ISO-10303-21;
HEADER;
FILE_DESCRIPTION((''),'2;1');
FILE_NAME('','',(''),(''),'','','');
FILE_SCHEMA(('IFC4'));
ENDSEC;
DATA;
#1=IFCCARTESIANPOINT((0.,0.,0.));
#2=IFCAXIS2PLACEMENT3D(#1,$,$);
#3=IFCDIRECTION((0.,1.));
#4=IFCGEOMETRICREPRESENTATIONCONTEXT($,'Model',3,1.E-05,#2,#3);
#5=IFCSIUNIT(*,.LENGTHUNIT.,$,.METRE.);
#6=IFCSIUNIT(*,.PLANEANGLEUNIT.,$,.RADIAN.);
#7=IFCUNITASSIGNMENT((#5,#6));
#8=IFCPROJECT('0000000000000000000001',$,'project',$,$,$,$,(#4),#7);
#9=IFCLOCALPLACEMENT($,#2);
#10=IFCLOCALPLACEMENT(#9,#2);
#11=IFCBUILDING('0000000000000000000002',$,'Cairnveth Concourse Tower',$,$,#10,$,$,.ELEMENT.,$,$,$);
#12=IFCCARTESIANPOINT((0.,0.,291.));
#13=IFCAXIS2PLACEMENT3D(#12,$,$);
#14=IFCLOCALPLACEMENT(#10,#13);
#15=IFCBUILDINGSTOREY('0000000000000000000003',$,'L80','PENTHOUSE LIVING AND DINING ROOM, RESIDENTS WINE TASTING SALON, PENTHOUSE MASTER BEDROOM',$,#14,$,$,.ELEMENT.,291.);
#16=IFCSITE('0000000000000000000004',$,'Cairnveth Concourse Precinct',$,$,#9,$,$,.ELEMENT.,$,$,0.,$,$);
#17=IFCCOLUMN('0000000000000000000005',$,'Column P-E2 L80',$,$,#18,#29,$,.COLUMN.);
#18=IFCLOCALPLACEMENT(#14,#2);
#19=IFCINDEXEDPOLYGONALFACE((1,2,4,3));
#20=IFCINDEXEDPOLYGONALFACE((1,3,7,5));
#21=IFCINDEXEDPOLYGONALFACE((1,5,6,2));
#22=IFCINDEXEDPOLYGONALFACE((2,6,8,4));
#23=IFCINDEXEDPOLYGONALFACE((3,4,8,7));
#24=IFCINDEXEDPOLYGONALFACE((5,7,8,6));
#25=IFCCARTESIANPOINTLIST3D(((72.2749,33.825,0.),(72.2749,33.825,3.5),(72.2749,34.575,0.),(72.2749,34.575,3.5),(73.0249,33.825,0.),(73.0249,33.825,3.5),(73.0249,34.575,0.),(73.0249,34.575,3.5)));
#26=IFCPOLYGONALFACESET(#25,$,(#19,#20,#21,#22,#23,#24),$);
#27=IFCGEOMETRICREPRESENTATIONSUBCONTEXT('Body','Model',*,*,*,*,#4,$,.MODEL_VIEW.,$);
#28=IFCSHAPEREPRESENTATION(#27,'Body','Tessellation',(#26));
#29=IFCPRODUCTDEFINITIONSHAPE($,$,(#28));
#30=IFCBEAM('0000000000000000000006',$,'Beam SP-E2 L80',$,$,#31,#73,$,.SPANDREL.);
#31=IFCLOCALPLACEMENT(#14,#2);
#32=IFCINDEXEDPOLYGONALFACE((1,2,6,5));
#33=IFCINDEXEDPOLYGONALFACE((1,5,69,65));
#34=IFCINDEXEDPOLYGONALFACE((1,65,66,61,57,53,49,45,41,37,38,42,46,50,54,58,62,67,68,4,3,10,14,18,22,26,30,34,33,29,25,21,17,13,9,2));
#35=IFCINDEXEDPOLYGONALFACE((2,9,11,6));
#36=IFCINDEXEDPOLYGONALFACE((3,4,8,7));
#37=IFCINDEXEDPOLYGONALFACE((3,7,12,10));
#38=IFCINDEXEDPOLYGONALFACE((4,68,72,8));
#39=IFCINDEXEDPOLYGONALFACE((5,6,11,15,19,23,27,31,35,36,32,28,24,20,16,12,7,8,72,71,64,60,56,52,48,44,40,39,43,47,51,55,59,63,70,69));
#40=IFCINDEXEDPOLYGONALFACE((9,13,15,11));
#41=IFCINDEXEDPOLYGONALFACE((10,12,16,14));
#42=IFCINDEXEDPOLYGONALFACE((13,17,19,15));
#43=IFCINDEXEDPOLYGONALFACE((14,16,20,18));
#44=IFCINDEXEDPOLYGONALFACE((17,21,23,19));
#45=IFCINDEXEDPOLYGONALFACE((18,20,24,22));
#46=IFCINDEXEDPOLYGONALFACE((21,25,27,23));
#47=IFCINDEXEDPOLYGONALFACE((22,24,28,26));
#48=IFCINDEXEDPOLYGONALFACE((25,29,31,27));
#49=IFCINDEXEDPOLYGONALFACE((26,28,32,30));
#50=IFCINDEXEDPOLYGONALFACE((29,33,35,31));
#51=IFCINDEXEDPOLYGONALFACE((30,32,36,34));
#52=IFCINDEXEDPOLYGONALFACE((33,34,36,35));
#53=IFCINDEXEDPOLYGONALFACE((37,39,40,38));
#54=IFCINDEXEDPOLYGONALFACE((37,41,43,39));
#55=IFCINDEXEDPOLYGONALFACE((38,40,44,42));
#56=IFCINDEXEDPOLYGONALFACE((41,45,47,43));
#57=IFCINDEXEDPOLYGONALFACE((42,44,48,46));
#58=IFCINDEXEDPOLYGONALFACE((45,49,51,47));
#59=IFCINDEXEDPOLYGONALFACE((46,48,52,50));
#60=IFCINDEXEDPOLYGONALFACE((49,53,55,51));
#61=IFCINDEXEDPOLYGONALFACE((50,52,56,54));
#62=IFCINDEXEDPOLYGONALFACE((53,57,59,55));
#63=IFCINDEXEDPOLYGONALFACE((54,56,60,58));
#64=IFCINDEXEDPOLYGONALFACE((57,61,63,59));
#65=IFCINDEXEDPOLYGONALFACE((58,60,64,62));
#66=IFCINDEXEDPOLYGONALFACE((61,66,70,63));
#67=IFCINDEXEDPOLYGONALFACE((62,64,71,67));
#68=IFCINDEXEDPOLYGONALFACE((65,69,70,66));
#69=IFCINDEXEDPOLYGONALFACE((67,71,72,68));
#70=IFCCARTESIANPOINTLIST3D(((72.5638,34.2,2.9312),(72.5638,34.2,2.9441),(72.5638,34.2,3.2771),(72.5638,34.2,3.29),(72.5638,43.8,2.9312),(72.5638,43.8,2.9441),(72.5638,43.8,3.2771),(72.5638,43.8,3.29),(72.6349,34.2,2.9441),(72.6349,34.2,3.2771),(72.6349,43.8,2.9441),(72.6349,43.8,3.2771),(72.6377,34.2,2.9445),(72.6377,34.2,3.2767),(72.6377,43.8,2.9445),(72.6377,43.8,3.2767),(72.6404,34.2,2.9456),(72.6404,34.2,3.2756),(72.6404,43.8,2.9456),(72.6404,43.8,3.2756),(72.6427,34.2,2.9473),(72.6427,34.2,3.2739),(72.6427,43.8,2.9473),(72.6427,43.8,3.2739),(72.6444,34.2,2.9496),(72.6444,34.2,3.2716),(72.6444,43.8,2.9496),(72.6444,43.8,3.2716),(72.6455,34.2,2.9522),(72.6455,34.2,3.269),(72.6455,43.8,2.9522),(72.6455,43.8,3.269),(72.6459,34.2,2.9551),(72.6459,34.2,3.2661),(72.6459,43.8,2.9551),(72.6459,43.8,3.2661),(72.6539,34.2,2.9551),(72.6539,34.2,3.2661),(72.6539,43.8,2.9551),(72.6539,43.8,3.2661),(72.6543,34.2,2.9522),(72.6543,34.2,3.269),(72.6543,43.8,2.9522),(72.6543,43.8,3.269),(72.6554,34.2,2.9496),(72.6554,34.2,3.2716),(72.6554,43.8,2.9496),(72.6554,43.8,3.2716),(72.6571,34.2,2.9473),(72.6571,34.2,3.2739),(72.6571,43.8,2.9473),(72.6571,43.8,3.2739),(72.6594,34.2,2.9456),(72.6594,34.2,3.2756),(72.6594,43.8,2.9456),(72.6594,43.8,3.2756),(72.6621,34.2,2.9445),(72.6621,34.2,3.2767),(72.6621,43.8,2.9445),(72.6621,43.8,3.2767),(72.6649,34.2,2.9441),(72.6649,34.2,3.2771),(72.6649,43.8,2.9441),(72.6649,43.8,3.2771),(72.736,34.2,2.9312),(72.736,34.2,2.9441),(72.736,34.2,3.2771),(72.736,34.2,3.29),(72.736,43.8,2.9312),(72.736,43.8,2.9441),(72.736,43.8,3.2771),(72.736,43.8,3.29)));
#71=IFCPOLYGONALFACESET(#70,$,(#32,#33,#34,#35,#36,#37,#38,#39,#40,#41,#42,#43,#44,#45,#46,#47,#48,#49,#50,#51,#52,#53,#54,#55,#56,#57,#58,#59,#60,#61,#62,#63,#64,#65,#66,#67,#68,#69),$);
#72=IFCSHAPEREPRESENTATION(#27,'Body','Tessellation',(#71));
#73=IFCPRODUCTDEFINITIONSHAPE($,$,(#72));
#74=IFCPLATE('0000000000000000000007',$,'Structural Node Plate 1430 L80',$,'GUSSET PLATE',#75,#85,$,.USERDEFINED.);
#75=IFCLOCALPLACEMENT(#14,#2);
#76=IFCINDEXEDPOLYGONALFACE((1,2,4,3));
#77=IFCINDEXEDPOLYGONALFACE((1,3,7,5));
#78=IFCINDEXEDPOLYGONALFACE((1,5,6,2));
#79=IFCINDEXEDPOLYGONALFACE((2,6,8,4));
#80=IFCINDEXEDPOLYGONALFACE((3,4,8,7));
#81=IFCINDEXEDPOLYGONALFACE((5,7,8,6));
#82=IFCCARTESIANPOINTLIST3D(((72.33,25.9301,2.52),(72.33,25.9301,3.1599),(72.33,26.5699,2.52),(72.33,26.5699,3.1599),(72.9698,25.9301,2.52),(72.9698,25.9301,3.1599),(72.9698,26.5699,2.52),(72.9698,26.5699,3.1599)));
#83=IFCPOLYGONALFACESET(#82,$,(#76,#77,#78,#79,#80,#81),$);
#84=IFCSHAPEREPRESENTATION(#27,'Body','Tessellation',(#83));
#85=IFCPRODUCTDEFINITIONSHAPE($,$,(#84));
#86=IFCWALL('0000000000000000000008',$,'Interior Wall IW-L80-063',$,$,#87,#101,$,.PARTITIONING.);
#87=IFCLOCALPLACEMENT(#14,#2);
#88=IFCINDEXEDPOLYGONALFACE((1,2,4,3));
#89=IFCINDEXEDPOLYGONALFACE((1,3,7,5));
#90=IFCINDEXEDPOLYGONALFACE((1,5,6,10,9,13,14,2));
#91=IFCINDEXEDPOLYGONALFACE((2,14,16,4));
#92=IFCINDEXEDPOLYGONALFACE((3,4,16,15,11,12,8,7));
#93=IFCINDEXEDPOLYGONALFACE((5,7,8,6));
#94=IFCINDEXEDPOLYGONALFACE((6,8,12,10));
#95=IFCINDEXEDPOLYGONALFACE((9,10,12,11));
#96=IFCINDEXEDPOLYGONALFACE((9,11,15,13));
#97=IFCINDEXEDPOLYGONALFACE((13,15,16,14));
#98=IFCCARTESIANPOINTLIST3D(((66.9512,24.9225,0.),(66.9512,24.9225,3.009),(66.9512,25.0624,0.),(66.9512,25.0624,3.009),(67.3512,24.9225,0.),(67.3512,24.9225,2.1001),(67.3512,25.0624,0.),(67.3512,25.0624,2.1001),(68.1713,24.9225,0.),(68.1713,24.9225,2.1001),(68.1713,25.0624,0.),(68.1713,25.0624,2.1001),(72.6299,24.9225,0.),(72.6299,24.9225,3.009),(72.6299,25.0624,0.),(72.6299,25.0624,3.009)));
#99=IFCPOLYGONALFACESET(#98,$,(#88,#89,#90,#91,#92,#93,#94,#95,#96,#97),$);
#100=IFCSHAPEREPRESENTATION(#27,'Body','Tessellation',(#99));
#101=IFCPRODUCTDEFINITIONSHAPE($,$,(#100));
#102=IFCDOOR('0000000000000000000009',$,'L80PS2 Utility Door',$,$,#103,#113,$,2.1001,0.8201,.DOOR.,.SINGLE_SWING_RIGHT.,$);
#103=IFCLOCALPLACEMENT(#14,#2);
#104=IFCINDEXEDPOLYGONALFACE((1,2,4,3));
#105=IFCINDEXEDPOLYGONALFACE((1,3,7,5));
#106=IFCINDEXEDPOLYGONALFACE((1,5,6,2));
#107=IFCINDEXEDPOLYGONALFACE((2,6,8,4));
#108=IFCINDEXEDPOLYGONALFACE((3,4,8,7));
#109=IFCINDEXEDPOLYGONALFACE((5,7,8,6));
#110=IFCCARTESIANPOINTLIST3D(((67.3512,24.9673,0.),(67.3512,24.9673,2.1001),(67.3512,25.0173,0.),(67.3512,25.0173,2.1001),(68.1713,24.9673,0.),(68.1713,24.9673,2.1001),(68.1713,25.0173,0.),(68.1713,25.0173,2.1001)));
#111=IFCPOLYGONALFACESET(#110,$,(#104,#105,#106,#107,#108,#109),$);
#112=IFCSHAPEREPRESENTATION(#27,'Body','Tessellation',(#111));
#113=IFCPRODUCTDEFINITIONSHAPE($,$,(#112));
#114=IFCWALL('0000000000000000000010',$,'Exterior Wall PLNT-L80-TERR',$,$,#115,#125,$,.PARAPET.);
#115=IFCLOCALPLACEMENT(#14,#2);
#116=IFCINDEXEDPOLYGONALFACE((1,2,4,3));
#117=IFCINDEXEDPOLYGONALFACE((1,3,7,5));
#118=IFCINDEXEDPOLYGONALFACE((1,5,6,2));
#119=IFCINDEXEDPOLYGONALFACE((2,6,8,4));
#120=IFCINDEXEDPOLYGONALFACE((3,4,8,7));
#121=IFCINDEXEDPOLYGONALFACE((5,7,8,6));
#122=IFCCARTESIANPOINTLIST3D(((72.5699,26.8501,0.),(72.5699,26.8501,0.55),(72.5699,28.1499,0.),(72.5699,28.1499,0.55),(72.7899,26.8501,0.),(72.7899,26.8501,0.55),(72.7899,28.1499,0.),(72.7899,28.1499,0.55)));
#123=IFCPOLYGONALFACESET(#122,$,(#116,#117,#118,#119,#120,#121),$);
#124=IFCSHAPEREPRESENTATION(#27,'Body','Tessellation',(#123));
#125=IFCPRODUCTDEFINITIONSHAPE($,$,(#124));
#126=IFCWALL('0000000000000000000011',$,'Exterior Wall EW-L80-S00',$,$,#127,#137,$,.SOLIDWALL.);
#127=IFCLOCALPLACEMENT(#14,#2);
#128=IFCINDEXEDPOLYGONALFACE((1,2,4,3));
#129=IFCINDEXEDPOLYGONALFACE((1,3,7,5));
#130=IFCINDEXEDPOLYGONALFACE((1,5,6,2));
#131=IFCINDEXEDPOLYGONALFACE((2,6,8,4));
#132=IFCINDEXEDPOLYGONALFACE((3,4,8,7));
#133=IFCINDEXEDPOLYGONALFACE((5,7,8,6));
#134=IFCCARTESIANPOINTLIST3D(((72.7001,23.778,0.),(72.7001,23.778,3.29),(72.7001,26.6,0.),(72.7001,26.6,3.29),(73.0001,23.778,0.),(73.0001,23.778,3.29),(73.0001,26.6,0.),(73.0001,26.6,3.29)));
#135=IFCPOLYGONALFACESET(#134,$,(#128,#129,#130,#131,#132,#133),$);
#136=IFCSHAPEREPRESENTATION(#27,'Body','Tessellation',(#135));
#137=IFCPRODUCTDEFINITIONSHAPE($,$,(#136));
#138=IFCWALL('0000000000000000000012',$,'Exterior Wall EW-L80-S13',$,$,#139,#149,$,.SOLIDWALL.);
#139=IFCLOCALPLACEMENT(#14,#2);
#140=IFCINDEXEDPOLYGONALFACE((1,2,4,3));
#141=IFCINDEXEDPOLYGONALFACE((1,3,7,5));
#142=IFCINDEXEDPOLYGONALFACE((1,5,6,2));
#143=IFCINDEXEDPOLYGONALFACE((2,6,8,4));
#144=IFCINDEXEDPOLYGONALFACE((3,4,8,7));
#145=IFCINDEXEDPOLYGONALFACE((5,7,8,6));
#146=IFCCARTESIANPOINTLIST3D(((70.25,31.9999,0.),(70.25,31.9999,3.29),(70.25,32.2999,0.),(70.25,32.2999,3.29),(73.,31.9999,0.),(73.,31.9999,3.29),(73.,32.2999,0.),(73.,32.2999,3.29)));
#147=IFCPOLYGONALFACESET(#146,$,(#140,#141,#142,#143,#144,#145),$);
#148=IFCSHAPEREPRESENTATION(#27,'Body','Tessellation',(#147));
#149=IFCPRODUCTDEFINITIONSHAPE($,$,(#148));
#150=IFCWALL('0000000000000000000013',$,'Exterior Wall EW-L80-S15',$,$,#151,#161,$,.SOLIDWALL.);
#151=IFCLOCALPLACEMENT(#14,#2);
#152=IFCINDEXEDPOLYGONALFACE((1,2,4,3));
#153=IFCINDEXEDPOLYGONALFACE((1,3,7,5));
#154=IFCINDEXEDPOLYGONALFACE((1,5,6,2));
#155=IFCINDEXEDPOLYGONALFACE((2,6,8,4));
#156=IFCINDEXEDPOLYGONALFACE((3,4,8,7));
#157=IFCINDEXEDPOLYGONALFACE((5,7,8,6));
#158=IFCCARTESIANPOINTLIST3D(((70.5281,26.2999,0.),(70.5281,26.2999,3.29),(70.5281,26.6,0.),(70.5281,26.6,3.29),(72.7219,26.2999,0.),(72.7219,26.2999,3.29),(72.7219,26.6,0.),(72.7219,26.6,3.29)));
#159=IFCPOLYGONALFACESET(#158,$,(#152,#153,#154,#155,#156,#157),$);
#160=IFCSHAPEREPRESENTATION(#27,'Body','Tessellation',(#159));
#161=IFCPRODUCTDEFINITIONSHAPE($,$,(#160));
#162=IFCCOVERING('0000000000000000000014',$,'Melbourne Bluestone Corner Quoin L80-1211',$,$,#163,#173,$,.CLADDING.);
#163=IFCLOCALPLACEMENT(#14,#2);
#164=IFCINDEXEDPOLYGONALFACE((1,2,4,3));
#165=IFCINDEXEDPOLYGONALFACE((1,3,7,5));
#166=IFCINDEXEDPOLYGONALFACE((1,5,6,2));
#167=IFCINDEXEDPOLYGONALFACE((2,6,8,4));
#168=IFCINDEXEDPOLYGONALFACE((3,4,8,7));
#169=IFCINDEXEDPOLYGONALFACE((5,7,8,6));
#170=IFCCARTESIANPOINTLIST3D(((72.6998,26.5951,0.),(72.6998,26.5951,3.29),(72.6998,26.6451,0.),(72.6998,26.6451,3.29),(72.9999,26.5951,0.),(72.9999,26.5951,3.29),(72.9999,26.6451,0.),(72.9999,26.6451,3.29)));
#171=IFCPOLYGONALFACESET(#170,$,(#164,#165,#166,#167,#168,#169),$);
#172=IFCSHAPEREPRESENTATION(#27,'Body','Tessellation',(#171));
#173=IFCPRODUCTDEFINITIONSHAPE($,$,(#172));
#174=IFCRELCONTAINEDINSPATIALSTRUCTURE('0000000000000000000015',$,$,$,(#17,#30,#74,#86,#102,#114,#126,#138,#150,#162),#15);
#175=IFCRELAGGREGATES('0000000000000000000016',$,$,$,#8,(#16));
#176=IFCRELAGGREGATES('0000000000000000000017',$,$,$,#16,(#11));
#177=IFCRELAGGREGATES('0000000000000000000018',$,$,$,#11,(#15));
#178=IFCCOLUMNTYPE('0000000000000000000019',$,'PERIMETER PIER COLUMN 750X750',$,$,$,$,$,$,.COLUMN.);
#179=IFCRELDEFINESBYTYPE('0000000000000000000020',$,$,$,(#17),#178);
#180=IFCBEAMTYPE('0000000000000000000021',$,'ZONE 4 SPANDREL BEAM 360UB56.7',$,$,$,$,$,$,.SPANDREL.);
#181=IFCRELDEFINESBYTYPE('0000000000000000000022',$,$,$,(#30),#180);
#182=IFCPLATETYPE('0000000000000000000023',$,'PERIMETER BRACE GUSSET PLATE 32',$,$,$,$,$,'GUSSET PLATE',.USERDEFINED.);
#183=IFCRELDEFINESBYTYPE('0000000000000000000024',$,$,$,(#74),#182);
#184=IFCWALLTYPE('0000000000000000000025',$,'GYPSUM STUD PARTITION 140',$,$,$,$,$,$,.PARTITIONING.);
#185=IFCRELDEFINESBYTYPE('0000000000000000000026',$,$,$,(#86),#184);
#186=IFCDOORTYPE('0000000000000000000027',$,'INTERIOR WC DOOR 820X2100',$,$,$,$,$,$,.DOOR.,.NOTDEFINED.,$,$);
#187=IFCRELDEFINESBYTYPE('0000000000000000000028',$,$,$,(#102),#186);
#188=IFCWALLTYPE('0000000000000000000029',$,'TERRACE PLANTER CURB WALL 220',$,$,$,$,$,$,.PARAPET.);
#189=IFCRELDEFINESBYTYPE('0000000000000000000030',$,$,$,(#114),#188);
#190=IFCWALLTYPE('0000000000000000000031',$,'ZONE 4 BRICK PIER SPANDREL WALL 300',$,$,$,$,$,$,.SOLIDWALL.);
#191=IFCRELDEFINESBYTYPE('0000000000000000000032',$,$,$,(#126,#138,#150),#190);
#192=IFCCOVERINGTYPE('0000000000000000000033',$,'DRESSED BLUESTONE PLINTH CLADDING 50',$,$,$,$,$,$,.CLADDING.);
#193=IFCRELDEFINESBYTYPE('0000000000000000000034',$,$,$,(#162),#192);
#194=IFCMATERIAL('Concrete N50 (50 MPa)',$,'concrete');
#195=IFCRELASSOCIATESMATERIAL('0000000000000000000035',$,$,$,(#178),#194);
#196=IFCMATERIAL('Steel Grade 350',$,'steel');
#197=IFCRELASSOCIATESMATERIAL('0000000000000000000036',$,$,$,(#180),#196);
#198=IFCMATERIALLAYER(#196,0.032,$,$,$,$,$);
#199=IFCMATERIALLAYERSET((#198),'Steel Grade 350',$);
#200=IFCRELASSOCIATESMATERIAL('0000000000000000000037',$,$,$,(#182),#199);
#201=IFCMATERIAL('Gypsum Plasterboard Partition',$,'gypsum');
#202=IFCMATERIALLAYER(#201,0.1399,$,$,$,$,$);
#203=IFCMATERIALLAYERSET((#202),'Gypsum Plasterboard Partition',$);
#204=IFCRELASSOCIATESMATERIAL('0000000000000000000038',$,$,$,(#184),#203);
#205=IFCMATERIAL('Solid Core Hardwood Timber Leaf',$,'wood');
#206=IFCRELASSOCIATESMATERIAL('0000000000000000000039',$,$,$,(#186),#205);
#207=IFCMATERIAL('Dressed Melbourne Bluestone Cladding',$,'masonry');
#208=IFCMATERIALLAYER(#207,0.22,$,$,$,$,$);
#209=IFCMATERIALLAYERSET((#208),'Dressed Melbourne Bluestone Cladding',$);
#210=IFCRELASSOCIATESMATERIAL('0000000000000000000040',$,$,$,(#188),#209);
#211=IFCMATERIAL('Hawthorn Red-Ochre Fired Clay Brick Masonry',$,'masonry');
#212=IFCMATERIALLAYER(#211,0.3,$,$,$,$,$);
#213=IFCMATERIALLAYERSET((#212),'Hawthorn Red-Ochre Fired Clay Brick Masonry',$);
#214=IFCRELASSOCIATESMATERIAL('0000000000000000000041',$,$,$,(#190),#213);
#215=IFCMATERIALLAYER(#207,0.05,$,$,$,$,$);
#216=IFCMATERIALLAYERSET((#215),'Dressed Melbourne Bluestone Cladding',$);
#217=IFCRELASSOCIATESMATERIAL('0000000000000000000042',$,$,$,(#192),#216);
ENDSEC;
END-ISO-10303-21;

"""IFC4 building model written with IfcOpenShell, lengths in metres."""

from ifc_helpers import new_model, si_unit, direction, frame, frame_2d, origin, origin_2d, place, context, subcontext, project, spatial, rectangle, i_section, extrude, material, layer, layer_set, material_profile, profile_set, type_object, element, fill, save


model = new_model("IFC4")

# Units and contexts
model_context = context("Model", 3, precision=1e-05, world=origin(), true_north=direction((0.0, 1.0)))
body_context = subcontext(model_context, "Body", "Model", "MODEL_VIEW")
ifc_project = project(units=[si_unit("LENGTHUNIT", "METRE"), si_unit("PLANEANGLEUNIT", "RADIAN")], contexts=[model_context])

# Site, building, storey
site_placement = place(None, origin())
site = spatial("IfcSite", under=ifc_project, at=site_placement, Name="Cairnveth Concourse Precinct", CompositionType="ELEMENT", RefElevation=0.0)
building_placement = place(site_placement, origin())
building = spatial("IfcBuilding", under=site, at=building_placement, Name="Cairnveth Concourse Tower", CompositionType="ELEMENT")
storey_placement = place(building_placement, frame((0.0, 0.0, 291.0)))
storey = spatial("IfcBuildingStorey", under=building, at=storey_placement, Name="L80", Description="PENTHOUSE LIVING AND DINING ROOM, RESIDENTS WINE TASTING SALON, PENTHOUSE MASTER BEDROOM", CompositionType="ELEMENT", Elevation=291.0)

# Column
ifc_material_1 = material(Name="Concrete N50 (50 MPa)", Category="concrete")
ifc_material_profile_1 = material_profile(ifc_material_1, rectangle(XDim=0.75, YDim=0.75, at=origin_2d()), Name="RC-COL-750x750")
ifc_profile_set_1 = profile_set([ifc_material_profile_1], Name="Concrete N50 (50 MPa)")
column_type = type_object("IfcColumnType", Name="PERIMETER PIER COLUMN 750X750", PredefinedType="COLUMN", material=ifc_profile_set_1)
column_placement = place(storey_placement, frame((72.6499, 34.2, 0.0), z_axis=(0.0, 0.0, 1.0), x_axis=(0.0, 1.0, 0.0)))
element("IfcColumn", 1, at=column_placement, inside=storey, type_object=column_type, Name="Column P-E2 L80", PredefinedType="COLUMN", context=body_context, shape_type="SweptSolid", body=[
    extrude(rectangle(XDim=0.75, YDim=0.75, at=origin_2d()), origin(), (0.0, 0.0, 1.0), 3.5),
])

# Beam
ifc_material_2 = material(Name="Steel Grade 350", Category="steel")
ifc_material_profile_2 = material_profile(ifc_material_2, i_section(OverallWidth=0.1721, OverallDepth=0.3589, WebThickness=0.0081, FlangeThickness=0.0129, FilletRadius=0.011, at=origin_2d()), Name="360UB56.7")
ifc_profile_set_2 = profile_set([ifc_material_profile_2], Name="Steel Grade 350")
beam_type = type_object("IfcBeamType", Name="ZONE 4 SPANDREL BEAM 360UB56.7", PredefinedType="SPANDREL", material=ifc_profile_set_2)
beam_placement = place(storey_placement, frame((72.6499, 34.2, 3.1106), z_axis=(0.0, 1.0, 0.0), x_axis=(-1.0, 0.0, 0.0)))
element("IfcBeam", 2, at=beam_placement, inside=storey, type_object=beam_type, Name="Beam SP-E2 L80", PredefinedType="SPANDREL", context=body_context, shape_type="SweptSolid", body=[
    extrude(i_section(OverallWidth=0.1721, OverallDepth=0.3589, WebThickness=0.0081, FlangeThickness=0.0129, FilletRadius=0.011, at=origin_2d()), origin(), (0.0, 0.0, 1.0), 9.6001),
])

# Plate
ifc_layer_1 = layer(ifc_material_2, 0.032)
ifc_layer_set_1 = layer_set([ifc_layer_1], Name="Steel Grade 350")
plate_type = type_object("IfcPlateType", Name="PERIMETER BRACE GUSSET PLATE 32", ElementType="GUSSET PLATE", PredefinedType="USERDEFINED", material=ifc_layer_set_1)
plate_placement = place(storey_placement, frame((72.6499, 26.25, 2.52), z_axis=(0.0, 0.0, 1.0), x_axis=(1.0, 0.0, 0.0)))
element("IfcPlate", 3, at=plate_placement, inside=storey, type_object=plate_type, Name="Structural Node Plate 1430 L80", ObjectType="GUSSET PLATE", PredefinedType="USERDEFINED", context=body_context, shape_type="SweptSolid", body=[
    extrude(rectangle(XDim=0.6399, YDim=0.6399, at=origin_2d()), origin(), (0.0, 0.0, 1.0), 0.6399),
])

# Wall, opening, door
ifc_material_3 = material(Name="Gypsum Plasterboard Partition", Category="gypsum")
ifc_layer_2 = layer(ifc_material_3, 0.1399)
ifc_layer_set_2 = layer_set([ifc_layer_2], Name="Gypsum Plasterboard Partition")
wall_type_1 = type_object("IfcWallType", Name="GYPSUM STUD PARTITION 140", PredefinedType="PARTITIONING", material=ifc_layer_set_2)
wall_1_placement = place(storey_placement, frame((66.9512, 24.9924, 0.0), z_axis=(0.0, 0.0, 1.0), x_axis=(1.0, 0.0, 0.0)))
wall_1 = element("IfcWall", 4, at=wall_1_placement, inside=storey, type_object=wall_type_1, Name="Interior Wall IW-L80-063", PredefinedType="PARTITIONING", context=body_context, shape_type="SweptSolid", body=[
    extrude(rectangle(XDim=5.6787, YDim=0.1399, at=frame_2d((2.8394, 0.0))), origin(), (0.0, 0.0, 1.0), 3.009),
])
opening_1_placement = place(wall_1_placement, frame((0.3999, 0.0, 0.0)))
opening_1 = element("IfcOpeningElement", 5, at=opening_1_placement, cuts=wall_1, PredefinedType="OPENING", context=body_context, shape_type="SweptSolid", body=[
    extrude(rectangle(XDim=0.8201, YDim=2.1001, at=frame_2d((0.4102, 1.05))), frame((0.0, 0.0798, 0.0), z_axis=(0.0, -1.0, 0.0), x_axis=(1.0, 0.0, 0.0)), (0.0, 0.0, 1.0), 0.1599),
])
ifc_material_4 = material(Name="Solid Core Hardwood Timber Leaf", Category="wood")
door_type_1 = type_object("IfcDoorType", Name="INTERIOR WC DOOR 820X2100", OperationType="NOTDEFINED", PredefinedType="DOOR", material=ifc_material_4)
door_1_placement = place(opening_1_placement, origin())
door_1 = element("IfcDoor", 6, at=door_1_placement, inside=storey, type_object=door_type_1, Name="L80PS2 Utility Door", OperationType="SINGLE_SWING_RIGHT", OverallHeight=2.1001, OverallWidth=0.8201, PredefinedType="DOOR", context=body_context, shape_type="SweptSolid", body=[
    extrude(rectangle(XDim=0.8201, YDim=2.1001, at=frame_2d((0.4102, 1.05))), frame((0.0, 0.0249, 0.0), z_axis=(0.0, -1.0, 0.0), x_axis=(1.0, 0.0, 0.0)), (0.0, 0.0, 1.0), 0.05),
])
fill(opening_1, door_1)

# Walls
ifc_material_5 = material(Name="Dressed Melbourne Bluestone Cladding", Category="masonry")
ifc_layer_3 = layer(ifc_material_5, 0.22)
ifc_layer_set_3 = layer_set([ifc_layer_3], Name="Dressed Melbourne Bluestone Cladding")
wall_type_2 = type_object("IfcWallType", Name="TERRACE PLANTER CURB WALL 220", PredefinedType="PARAPET", material=ifc_layer_set_3)
wall_2_placement = place(storey_placement, frame((72.6799, 26.8501, 0.0), z_axis=(0.0, 0.0, 1.0), x_axis=(0.0, 1.0, 0.0)))
element("IfcWall", 7, at=wall_2_placement, inside=storey, type_object=wall_type_2, Name="Exterior Wall PLNT-L80-TERR", PredefinedType="PARAPET", context=body_context, shape_type="SweptSolid", body=[
    extrude(rectangle(XDim=1.2998, YDim=0.22, at=frame_2d((0.6499, 0.0))), origin(), (0.0, 0.0, 1.0), 0.55),
])
ifc_material_6 = material(Name="Hawthorn Red-Ochre Fired Clay Brick Masonry", Category="masonry")
ifc_layer_4 = layer(ifc_material_6, 0.3)
ifc_layer_set_4 = layer_set([ifc_layer_4], Name="Hawthorn Red-Ochre Fired Clay Brick Masonry")
wall_type_3 = type_object("IfcWallType", Name="ZONE 4 BRICK PIER SPANDREL WALL 300", PredefinedType="SOLIDWALL", material=ifc_layer_set_4)
wall_3_placement = place(storey_placement, frame((72.8501, 26.6001, 0.0), z_axis=(0.0, 0.0, 1.0), x_axis=(0.0, -1.0, 0.0)))
element("IfcWall", 8, at=wall_3_placement, inside=storey, type_object=wall_type_3, Name="Exterior Wall EW-L80-S00", PredefinedType="SOLIDWALL", context=body_context, shape_type="SweptSolid", body=[
    extrude(rectangle(XDim=2.822, YDim=0.3, at=frame_2d((1.4111, 0.0))), origin(), (0.0, 0.0, 1.0), 3.29),
])
wall_4_placement = place(storey_placement, frame((73.0, 32.1499, 0.0), z_axis=(0.0, 0.0, 1.0), x_axis=(-1.0, 0.0, 0.0)))
element("IfcWall", 9, at=wall_4_placement, inside=storey, type_object=wall_type_3, Name="Exterior Wall EW-L80-S13", PredefinedType="SOLIDWALL", context=body_context, shape_type="SweptSolid", body=[
    extrude(rectangle(XDim=2.75, YDim=0.3, at=frame_2d((1.375, 0.0))), origin(), (0.0, 0.0, 1.0), 3.29),
])

# Wall
wall_5_placement = place(storey_placement, frame((70.5281, 26.45, 0.0), z_axis=(0.0, 0.0, 1.0), x_axis=(1.0, 0.0, 0.0)))
element("IfcWall", 10, at=wall_5_placement, inside=storey, type_object=wall_type_3, Name="Exterior Wall EW-L80-S15", PredefinedType="SOLIDWALL", context=body_context, shape_type="SweptSolid", body=[
    extrude(rectangle(XDim=2.1938, YDim=0.3, at=frame_2d((1.0969, 0.0))), origin(), (0.0, 0.0, 1.0), 3.29),
])

# Covering
ifc_layer_5 = layer(ifc_material_5, 0.05)
ifc_layer_set_5 = layer_set([ifc_layer_5], Name="Dressed Melbourne Bluestone Cladding")
covering_type = type_object("IfcCoveringType", Name="DRESSED BLUESTONE PLINTH CLADDING 50", PredefinedType="CLADDING", material=ifc_layer_set_5)
for number, where, z_axis, x_axis, name in (
    (11, (72.7, 26.6201, 0.0), (0.0, 0.0, 1.0), (1.0, 0.0, 0.0), "Melbourne Bluestone Corner Quoin L80-1211"),
):
    element("IfcCovering", number, at=place(storey_placement, frame(where, z_axis=z_axis, x_axis=x_axis)), inside=storey, type_object=covering_type, Name=name, PredefinedType="CLADDING", context=body_context, shape_type="SweptSolid", body=[
        extrude(rectangle(XDim=0.3, YDim=0.05, at=frame_2d((0.1499, 0.0))), origin(), (0.0, 0.0, 1.0), 3.29),
    ])

save(model, "model.ifc")
